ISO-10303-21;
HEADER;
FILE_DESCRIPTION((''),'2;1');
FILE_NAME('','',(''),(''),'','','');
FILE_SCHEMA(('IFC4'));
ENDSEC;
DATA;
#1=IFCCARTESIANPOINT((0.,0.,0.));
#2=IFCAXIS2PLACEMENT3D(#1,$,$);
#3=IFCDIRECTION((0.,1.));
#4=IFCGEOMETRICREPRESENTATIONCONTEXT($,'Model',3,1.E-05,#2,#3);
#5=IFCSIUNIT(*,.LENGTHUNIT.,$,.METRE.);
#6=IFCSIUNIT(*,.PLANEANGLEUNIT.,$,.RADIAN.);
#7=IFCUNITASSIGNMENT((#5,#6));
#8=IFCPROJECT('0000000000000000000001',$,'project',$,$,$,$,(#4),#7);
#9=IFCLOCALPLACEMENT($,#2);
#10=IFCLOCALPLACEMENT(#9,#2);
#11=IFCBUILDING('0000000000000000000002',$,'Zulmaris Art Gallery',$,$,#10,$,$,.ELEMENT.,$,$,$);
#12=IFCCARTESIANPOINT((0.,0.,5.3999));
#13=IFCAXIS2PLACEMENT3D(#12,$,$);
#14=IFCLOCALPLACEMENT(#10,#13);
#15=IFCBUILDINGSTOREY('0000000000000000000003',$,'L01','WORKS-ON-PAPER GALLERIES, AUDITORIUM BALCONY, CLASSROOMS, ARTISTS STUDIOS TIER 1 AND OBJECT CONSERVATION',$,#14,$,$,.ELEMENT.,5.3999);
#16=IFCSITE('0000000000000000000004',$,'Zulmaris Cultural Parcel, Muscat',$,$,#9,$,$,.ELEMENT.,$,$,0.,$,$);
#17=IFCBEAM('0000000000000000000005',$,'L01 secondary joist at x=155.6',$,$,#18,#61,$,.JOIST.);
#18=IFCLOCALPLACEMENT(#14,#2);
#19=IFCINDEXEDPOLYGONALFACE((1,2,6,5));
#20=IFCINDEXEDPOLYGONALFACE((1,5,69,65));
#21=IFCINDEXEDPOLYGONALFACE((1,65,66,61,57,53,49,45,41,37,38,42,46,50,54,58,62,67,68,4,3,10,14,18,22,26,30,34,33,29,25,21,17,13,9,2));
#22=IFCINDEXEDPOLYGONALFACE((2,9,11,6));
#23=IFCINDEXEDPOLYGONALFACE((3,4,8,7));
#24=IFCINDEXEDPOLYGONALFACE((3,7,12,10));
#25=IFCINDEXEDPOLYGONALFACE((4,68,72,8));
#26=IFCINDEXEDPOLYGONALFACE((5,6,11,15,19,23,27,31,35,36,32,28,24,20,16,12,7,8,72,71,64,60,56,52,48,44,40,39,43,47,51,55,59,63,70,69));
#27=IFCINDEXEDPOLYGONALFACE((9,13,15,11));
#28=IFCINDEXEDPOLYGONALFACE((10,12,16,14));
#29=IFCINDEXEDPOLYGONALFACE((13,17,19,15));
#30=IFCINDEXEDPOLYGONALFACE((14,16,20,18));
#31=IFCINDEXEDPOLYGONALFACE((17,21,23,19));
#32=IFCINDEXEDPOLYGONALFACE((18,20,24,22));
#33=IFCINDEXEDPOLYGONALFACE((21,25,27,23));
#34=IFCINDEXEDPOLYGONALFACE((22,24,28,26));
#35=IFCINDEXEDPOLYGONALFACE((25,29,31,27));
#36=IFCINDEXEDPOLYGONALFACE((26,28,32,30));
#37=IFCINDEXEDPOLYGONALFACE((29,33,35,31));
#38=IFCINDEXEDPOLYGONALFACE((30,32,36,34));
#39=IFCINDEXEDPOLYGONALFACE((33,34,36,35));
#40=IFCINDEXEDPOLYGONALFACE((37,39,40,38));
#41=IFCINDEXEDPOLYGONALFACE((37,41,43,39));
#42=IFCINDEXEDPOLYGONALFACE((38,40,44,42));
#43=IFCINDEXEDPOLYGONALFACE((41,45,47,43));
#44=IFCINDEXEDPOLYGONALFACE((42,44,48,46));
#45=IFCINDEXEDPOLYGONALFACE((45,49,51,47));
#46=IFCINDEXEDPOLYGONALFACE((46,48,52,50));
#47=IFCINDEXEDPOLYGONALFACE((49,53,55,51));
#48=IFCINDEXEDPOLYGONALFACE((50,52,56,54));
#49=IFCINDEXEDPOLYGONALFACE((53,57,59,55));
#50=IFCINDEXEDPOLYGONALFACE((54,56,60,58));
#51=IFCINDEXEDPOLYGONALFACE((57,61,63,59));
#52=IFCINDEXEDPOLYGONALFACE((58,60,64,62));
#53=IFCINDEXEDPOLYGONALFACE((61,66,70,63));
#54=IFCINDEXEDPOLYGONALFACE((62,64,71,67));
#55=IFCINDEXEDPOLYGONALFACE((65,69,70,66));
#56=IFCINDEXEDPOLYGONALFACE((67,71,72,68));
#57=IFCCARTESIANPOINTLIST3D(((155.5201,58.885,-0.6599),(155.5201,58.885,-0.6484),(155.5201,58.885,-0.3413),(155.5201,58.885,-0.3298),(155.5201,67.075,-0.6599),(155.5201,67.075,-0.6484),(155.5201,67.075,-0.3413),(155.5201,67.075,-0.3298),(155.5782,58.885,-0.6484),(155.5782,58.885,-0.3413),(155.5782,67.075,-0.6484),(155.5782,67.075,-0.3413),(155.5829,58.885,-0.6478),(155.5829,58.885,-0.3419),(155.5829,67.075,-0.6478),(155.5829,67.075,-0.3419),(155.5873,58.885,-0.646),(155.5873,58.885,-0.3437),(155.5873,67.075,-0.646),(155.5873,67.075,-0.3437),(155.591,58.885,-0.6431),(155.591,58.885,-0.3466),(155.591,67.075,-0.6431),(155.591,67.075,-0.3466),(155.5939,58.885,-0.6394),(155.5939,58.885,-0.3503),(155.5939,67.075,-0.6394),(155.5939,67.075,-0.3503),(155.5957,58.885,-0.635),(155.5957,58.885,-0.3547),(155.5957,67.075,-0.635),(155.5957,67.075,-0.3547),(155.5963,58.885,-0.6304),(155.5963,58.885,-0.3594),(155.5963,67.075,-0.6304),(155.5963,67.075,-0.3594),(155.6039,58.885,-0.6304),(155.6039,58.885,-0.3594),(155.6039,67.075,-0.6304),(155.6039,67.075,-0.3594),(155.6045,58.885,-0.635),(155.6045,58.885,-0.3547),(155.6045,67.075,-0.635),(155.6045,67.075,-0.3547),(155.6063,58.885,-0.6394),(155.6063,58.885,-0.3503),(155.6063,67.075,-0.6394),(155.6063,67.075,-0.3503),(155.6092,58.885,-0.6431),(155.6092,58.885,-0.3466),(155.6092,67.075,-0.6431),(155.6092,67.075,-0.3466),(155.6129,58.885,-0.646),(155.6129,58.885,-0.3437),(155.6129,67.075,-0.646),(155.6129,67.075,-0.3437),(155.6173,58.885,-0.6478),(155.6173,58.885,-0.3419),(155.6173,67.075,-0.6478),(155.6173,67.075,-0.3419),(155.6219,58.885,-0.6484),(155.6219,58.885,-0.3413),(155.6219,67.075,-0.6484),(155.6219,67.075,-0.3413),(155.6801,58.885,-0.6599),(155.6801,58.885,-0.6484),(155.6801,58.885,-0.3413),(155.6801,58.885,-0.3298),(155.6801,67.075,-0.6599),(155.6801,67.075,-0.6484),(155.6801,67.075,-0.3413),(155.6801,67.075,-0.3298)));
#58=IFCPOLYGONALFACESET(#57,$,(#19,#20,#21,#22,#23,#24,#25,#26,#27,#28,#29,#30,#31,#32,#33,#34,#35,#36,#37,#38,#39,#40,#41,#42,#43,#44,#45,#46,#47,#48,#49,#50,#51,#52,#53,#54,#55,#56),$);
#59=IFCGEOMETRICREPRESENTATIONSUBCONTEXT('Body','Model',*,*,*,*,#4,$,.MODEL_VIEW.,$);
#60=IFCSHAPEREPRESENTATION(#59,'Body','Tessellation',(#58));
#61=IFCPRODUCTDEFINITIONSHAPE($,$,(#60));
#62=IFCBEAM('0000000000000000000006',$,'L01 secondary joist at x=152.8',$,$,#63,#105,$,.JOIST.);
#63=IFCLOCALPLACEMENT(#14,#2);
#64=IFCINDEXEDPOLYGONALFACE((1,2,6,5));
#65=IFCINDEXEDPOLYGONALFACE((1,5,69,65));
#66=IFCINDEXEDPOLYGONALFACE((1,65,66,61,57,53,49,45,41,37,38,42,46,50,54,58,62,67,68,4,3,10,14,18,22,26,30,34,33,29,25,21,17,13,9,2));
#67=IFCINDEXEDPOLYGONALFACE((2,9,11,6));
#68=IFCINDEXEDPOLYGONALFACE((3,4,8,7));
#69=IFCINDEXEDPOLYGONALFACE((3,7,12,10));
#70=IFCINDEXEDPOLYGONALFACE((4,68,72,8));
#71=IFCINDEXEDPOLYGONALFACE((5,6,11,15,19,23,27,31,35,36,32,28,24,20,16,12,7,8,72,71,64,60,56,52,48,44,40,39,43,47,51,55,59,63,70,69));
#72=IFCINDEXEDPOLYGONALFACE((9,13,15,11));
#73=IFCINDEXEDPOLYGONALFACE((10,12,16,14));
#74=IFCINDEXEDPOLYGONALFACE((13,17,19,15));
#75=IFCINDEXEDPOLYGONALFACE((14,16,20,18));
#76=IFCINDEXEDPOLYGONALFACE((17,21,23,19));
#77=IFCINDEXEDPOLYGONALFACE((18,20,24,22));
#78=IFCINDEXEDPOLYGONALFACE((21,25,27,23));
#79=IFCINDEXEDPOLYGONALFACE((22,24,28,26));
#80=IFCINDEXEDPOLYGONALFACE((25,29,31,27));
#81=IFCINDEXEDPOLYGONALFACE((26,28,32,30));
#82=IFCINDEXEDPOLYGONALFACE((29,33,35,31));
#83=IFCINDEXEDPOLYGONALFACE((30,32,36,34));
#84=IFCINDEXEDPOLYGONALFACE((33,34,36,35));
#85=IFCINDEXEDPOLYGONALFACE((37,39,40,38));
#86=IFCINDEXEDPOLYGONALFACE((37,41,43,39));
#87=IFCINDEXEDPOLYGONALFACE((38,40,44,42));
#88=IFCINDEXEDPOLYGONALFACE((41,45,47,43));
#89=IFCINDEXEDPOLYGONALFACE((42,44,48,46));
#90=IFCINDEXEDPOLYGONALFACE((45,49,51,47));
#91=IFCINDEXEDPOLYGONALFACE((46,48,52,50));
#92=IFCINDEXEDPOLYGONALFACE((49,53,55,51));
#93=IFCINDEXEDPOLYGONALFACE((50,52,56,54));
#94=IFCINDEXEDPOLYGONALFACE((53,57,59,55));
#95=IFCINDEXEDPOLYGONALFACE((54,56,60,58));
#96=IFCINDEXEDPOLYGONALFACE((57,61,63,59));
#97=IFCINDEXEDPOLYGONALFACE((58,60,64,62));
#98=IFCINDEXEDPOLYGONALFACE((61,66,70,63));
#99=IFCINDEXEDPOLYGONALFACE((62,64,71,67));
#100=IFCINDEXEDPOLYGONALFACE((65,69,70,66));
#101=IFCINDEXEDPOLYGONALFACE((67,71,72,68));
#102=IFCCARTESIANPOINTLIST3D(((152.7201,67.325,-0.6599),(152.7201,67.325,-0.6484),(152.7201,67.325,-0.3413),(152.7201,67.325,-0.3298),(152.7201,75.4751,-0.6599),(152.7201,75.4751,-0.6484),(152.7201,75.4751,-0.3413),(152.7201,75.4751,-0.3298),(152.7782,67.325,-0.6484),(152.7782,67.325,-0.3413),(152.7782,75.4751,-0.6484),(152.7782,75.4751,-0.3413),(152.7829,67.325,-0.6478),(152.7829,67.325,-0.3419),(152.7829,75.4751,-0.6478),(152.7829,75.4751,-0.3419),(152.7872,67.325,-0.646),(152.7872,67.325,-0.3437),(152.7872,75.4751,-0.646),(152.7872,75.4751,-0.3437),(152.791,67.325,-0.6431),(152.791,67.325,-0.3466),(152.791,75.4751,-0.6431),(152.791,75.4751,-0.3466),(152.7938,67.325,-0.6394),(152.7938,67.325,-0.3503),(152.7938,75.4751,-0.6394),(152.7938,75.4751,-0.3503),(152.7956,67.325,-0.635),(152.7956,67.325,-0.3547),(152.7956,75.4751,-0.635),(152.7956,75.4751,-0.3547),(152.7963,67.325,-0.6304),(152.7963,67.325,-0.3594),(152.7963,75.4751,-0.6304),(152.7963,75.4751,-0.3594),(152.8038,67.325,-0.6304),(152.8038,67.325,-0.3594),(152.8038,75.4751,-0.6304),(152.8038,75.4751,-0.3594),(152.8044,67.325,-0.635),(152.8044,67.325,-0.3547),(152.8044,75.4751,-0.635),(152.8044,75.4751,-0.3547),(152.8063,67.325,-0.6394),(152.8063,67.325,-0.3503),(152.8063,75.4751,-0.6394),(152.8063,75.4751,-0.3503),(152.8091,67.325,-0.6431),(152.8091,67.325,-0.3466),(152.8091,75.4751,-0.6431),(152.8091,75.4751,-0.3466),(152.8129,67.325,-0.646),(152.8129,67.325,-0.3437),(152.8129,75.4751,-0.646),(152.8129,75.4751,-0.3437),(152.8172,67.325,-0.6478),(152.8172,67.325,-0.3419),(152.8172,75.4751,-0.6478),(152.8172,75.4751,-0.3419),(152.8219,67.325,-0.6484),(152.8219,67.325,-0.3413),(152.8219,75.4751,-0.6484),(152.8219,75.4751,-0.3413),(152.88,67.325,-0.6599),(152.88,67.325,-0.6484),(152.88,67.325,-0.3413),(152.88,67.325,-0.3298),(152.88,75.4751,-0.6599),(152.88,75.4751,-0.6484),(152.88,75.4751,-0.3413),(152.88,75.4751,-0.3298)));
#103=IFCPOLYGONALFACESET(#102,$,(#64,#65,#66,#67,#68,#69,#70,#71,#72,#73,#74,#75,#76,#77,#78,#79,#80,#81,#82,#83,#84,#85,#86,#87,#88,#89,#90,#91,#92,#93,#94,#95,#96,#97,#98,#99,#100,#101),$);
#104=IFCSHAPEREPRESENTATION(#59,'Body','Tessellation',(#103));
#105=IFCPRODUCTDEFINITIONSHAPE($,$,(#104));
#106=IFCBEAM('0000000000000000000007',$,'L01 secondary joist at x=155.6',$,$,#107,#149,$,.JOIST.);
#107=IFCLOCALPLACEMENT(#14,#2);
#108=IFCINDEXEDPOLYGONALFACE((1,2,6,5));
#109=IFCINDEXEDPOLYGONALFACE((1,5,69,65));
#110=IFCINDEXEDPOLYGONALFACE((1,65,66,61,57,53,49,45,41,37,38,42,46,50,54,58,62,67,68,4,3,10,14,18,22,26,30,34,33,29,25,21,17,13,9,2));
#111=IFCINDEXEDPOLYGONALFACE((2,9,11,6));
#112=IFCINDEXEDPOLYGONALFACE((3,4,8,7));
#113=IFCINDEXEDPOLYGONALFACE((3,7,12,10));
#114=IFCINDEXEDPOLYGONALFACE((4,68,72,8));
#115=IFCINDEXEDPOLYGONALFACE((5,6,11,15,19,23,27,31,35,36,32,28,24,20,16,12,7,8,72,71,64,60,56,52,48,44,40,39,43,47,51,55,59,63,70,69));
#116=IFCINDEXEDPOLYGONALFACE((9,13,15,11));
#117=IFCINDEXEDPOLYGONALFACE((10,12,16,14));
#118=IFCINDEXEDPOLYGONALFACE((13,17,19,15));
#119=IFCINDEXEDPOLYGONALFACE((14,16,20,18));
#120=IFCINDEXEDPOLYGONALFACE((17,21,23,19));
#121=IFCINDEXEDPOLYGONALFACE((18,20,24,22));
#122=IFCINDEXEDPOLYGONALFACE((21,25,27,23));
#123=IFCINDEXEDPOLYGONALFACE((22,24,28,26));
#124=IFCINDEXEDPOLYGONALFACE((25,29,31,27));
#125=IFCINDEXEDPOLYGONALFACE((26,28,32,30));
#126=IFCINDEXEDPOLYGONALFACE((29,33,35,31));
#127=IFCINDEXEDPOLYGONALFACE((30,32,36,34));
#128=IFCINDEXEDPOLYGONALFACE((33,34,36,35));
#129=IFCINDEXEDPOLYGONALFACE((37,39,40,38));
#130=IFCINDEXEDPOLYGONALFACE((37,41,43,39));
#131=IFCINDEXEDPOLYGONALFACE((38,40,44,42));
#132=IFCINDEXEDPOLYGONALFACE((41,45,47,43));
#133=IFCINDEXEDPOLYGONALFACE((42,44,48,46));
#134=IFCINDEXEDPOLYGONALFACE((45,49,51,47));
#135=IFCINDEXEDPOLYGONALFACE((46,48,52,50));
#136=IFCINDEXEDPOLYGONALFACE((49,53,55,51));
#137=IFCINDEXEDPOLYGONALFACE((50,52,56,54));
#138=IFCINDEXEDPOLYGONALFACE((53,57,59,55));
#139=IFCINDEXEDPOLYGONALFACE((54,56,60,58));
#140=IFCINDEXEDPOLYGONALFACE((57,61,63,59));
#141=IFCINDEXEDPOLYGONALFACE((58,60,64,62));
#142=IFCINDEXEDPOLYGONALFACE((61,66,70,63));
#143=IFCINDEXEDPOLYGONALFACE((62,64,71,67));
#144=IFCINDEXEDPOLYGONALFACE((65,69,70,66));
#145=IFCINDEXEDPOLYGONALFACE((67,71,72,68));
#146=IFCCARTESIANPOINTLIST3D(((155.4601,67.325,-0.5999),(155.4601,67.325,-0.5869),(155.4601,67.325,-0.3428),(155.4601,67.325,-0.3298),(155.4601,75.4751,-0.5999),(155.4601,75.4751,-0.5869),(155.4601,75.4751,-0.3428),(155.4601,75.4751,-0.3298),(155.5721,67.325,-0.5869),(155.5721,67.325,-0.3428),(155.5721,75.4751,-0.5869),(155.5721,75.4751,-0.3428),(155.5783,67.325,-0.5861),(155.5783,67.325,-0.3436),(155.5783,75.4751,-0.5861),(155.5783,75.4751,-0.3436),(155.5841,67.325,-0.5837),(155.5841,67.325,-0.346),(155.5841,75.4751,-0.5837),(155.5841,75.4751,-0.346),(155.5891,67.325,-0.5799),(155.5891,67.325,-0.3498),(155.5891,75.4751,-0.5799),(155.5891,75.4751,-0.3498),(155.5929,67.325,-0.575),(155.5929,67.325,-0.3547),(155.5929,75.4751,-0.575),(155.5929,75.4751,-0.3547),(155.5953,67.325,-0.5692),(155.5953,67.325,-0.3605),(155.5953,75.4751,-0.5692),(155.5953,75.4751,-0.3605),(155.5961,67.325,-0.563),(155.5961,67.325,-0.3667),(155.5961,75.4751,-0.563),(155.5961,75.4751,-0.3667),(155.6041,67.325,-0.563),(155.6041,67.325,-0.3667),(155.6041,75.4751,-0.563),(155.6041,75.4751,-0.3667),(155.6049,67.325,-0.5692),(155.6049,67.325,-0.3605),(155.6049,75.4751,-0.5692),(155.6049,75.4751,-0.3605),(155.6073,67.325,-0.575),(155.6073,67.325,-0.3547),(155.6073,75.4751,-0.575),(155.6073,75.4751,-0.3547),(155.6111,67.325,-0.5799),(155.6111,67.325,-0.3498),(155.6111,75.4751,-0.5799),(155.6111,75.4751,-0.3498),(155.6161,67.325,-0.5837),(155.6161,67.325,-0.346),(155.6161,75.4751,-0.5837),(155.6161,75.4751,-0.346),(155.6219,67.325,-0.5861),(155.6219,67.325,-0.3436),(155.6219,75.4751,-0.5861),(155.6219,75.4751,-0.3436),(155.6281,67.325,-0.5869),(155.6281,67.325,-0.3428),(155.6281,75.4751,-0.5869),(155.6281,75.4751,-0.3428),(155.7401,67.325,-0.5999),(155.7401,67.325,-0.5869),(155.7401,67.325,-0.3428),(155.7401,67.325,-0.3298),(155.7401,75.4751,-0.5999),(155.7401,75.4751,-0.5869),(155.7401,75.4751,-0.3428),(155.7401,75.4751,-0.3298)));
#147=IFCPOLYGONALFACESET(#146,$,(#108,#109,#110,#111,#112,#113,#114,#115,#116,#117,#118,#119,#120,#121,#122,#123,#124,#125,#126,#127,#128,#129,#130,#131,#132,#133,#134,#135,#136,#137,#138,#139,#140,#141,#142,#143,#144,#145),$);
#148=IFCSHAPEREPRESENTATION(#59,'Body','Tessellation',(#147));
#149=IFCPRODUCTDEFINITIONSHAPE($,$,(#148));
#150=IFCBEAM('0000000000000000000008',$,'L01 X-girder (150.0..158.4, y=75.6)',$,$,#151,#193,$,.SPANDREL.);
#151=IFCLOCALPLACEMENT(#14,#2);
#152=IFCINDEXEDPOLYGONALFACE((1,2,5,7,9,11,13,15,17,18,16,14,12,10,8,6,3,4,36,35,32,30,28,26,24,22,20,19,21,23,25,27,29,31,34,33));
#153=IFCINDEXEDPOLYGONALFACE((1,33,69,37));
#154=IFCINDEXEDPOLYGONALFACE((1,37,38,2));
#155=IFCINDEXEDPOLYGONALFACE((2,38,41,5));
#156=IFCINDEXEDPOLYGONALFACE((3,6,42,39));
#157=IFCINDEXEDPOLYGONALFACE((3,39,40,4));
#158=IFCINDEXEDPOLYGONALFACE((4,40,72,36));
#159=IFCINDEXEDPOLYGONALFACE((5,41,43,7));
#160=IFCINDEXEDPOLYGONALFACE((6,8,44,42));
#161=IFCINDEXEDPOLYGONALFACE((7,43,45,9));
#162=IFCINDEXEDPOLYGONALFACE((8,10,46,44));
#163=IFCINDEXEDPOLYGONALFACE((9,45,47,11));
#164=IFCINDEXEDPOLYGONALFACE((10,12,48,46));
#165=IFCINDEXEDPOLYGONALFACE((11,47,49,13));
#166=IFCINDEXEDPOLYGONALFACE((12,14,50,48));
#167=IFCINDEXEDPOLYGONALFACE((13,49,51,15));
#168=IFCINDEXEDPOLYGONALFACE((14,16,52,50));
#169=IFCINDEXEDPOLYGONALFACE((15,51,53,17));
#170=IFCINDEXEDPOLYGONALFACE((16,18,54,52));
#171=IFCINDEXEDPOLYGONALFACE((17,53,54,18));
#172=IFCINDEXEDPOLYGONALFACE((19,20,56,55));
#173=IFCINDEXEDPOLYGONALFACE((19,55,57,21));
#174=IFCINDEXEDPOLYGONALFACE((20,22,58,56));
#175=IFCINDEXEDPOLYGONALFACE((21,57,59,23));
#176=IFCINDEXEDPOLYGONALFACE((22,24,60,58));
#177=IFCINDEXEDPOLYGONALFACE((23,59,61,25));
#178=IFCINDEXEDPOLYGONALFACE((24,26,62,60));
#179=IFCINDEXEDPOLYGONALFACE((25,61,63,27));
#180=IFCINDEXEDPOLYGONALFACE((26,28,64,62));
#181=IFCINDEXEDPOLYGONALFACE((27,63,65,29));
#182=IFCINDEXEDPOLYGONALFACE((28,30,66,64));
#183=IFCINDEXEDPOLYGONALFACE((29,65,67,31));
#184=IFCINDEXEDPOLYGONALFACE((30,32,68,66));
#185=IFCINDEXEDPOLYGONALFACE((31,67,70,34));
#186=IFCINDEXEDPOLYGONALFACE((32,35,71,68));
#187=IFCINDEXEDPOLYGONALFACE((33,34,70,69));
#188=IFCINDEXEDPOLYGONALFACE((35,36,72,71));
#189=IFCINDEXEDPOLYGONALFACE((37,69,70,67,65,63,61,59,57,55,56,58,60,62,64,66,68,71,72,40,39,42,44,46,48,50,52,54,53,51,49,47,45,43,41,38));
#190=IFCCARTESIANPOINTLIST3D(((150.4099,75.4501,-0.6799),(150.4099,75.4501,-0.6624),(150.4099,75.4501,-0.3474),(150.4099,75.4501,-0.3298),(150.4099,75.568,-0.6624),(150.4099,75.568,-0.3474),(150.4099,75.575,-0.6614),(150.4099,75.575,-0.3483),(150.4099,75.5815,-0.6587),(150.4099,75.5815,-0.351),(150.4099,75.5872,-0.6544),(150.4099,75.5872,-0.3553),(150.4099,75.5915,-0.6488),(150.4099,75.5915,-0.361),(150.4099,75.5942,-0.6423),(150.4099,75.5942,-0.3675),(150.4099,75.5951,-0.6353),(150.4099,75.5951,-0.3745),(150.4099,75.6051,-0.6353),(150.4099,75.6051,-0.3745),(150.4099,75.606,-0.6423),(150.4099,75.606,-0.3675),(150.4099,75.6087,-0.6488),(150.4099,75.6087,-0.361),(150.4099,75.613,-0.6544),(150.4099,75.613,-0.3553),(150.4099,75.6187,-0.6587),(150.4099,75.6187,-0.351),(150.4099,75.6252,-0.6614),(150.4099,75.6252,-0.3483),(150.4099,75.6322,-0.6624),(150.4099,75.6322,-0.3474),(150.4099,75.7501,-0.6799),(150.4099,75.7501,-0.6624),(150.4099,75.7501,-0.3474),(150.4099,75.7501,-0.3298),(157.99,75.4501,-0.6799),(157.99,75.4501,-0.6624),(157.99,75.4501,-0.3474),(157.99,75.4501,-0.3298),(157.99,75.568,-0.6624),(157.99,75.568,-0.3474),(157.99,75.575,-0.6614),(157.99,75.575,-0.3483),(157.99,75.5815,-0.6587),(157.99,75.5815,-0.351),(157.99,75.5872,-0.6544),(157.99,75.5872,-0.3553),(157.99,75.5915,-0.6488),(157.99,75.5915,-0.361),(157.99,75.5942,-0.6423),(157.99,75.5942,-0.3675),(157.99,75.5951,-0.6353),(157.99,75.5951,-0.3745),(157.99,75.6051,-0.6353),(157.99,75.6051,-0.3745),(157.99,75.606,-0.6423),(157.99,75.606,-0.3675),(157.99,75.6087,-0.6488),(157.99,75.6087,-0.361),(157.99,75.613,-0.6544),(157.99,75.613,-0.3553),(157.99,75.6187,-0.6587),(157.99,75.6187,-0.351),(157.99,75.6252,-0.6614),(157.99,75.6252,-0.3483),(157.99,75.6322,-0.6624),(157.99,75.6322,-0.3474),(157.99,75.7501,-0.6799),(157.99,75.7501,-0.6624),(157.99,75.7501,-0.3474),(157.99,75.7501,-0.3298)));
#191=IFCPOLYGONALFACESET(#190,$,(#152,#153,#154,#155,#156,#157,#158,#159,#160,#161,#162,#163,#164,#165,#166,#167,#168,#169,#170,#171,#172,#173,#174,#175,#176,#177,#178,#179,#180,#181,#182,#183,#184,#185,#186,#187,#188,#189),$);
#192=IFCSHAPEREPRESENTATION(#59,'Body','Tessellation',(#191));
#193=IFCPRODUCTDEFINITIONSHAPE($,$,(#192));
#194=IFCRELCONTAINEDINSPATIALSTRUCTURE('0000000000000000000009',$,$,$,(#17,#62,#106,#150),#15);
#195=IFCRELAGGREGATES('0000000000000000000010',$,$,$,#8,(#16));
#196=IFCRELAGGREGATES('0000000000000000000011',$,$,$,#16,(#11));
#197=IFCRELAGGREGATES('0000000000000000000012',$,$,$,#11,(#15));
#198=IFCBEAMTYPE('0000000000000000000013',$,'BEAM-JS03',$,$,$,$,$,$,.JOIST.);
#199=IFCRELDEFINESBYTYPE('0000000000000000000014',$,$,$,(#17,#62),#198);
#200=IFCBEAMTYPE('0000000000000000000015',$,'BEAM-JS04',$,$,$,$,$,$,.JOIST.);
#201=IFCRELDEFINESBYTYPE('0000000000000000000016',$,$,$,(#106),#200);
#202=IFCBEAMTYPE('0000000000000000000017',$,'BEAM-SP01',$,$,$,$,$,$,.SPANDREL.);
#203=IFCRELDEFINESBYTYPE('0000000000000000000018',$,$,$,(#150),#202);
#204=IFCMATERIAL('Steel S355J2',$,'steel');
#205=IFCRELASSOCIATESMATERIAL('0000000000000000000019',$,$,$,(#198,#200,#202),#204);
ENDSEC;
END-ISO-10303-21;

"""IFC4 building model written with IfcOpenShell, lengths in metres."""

from ifc_helpers import new_model, si_unit, direction, frame, origin, origin_2d, place, context, subcontext, project, spatial, i_section, extrude, material, material_profile, profile_set, type_object, element, save


model = new_model("IFC4")

# Units and contexts
model_context = context("Model", 3, precision=1e-05, world=origin(), true_north=direction((0.0, 1.0)))
body_context = subcontext(model_context, "Body", "Model", "MODEL_VIEW")
ifc_project = project(units=[si_unit("LENGTHUNIT", "METRE"), si_unit("PLANEANGLEUNIT", "RADIAN")], contexts=[model_context])

# Site, building, storey
site_placement = place(None, origin())
site = spatial("IfcSite", under=ifc_project, at=site_placement, Name="Zulmaris Cultural Parcel, Muscat", CompositionType="ELEMENT", RefElevation=0.0)
building_placement = place(site_placement, origin())
building = spatial("IfcBuilding", under=site, at=building_placement, Name="Zulmaris Art Gallery", CompositionType="ELEMENT")
storey_placement = place(building_placement, frame((0.0, 0.0, 5.3999)))
storey = spatial("IfcBuildingStorey", under=building, at=storey_placement, Name="L01", Description="WORKS-ON-PAPER GALLERIES, AUDITORIUM BALCONY, CLASSROOMS, ARTISTS STUDIOS TIER 1 AND OBJECT CONSERVATION", CompositionType="ELEMENT", Elevation=5.3999)

# Beams
ifc_material_1 = material(Name="Steel S355J2", Category="steel")
ifc_material_profile_1 = material_profile(ifc_material_1, i_section(OverallWidth=0.1599, OverallDepth=0.3301, WebThickness=0.0076, FlangeThickness=0.0115, FilletRadius=0.0181, at=origin_2d()), Name="IPE 330")
ifc_profile_set_1 = profile_set([ifc_material_profile_1], Name="Steel S355J2")
beam_type_1 = type_object("IfcBeamType", Name="BEAM-JS03", PredefinedType="JOIST", material=ifc_profile_set_1)
beam_1_placement = place(storey_placement, frame((155.6001, 58.885, -0.4949), z_axis=(0.0, 1.0, 0.0), x_axis=(-1.0, 0.0, 0.0)))
element("IfcBeam", 1, at=beam_1_placement, inside=storey, type_object=beam_type_1, Name="L01 secondary joist at x=155.6", PredefinedType="JOIST", context=body_context, shape_type="SweptSolid", body=[
    extrude(i_section(OverallWidth=0.1599, OverallDepth=0.3301, WebThickness=0.0076, FlangeThickness=0.0115, FilletRadius=0.0181, at=origin_2d()), origin(), (0.0, 0.0, 1.0), 8.1899),
])
beam_2_placement = place(storey_placement, frame((152.8, 67.325, -0.4949), z_axis=(0.0, 1.0, 0.0), x_axis=(-1.0, 0.0, 0.0)))
element("IfcBeam", 2, at=beam_2_placement, inside=storey, type_object=beam_type_1, Name="L01 secondary joist at x=152.8", PredefinedType="JOIST", context=body_context, shape_type="SweptSolid", body=[
    extrude(i_section(OverallWidth=0.1599, OverallDepth=0.3301, WebThickness=0.0076, FlangeThickness=0.0115, FilletRadius=0.0181, at=origin_2d()), origin(), (0.0, 0.0, 1.0), 8.1501),
])
ifc_material_profile_2 = material_profile(ifc_material_1, i_section(OverallWidth=0.28, OverallDepth=0.27, WebThickness=0.0081, FlangeThickness=0.0129, FilletRadius=0.0239, at=origin_2d()), Name="HEA 280")
ifc_profile_set_2 = profile_set([ifc_material_profile_2], Name="Steel S355J2")
beam_type_2 = type_object("IfcBeamType", Name="BEAM-JS04", PredefinedType="JOIST", material=ifc_profile_set_2)
beam_3_placement = place(storey_placement, frame((155.6001, 67.325, -0.4648), z_axis=(0.0, 1.0, 0.0), x_axis=(-1.0, 0.0, 0.0)))
element("IfcBeam", 3, at=beam_3_placement, inside=storey, type_object=beam_type_2, Name="L01 secondary joist at x=155.6", PredefinedType="JOIST", context=body_context, shape_type="SweptSolid", body=[
    extrude(i_section(OverallWidth=0.28, OverallDepth=0.27, WebThickness=0.0081, FlangeThickness=0.0129, FilletRadius=0.0239, at=origin_2d()), origin(), (0.0, 0.0, 1.0), 8.1501),
])
ifc_material_profile_3 = material_profile(ifc_material_1, i_section(OverallWidth=0.3, OverallDepth=0.3501, WebThickness=0.01, FlangeThickness=0.0176, FilletRadius=0.0271, at=origin_2d()), Name="HEA 360")
ifc_profile_set_3 = profile_set([ifc_material_profile_3], Name="Steel S355J2")
beam_type_3 = type_object("IfcBeamType", Name="BEAM-SP01", PredefinedType="SPANDREL", material=ifc_profile_set_3)
beam_4_placement = place(storey_placement, frame((150.4099, 75.6001, -0.5049), z_axis=(1.0, 0.0, 0.0), x_axis=(0.0, 1.0, 0.0)))
element("IfcBeam", 4, at=beam_4_placement, inside=storey, type_object=beam_type_3, Name="L01 X-girder (150.0..158.4, y=75.6)", PredefinedType="SPANDREL", context=body_context, shape_type="SweptSolid", body=[
    extrude(i_section(OverallWidth=0.3, OverallDepth=0.3501, WebThickness=0.01, FlangeThickness=0.0176, FilletRadius=0.0271, at=origin_2d()), origin(), (0.0, 0.0, 1.0), 7.5801),
])

save(model, "model.ifc")
